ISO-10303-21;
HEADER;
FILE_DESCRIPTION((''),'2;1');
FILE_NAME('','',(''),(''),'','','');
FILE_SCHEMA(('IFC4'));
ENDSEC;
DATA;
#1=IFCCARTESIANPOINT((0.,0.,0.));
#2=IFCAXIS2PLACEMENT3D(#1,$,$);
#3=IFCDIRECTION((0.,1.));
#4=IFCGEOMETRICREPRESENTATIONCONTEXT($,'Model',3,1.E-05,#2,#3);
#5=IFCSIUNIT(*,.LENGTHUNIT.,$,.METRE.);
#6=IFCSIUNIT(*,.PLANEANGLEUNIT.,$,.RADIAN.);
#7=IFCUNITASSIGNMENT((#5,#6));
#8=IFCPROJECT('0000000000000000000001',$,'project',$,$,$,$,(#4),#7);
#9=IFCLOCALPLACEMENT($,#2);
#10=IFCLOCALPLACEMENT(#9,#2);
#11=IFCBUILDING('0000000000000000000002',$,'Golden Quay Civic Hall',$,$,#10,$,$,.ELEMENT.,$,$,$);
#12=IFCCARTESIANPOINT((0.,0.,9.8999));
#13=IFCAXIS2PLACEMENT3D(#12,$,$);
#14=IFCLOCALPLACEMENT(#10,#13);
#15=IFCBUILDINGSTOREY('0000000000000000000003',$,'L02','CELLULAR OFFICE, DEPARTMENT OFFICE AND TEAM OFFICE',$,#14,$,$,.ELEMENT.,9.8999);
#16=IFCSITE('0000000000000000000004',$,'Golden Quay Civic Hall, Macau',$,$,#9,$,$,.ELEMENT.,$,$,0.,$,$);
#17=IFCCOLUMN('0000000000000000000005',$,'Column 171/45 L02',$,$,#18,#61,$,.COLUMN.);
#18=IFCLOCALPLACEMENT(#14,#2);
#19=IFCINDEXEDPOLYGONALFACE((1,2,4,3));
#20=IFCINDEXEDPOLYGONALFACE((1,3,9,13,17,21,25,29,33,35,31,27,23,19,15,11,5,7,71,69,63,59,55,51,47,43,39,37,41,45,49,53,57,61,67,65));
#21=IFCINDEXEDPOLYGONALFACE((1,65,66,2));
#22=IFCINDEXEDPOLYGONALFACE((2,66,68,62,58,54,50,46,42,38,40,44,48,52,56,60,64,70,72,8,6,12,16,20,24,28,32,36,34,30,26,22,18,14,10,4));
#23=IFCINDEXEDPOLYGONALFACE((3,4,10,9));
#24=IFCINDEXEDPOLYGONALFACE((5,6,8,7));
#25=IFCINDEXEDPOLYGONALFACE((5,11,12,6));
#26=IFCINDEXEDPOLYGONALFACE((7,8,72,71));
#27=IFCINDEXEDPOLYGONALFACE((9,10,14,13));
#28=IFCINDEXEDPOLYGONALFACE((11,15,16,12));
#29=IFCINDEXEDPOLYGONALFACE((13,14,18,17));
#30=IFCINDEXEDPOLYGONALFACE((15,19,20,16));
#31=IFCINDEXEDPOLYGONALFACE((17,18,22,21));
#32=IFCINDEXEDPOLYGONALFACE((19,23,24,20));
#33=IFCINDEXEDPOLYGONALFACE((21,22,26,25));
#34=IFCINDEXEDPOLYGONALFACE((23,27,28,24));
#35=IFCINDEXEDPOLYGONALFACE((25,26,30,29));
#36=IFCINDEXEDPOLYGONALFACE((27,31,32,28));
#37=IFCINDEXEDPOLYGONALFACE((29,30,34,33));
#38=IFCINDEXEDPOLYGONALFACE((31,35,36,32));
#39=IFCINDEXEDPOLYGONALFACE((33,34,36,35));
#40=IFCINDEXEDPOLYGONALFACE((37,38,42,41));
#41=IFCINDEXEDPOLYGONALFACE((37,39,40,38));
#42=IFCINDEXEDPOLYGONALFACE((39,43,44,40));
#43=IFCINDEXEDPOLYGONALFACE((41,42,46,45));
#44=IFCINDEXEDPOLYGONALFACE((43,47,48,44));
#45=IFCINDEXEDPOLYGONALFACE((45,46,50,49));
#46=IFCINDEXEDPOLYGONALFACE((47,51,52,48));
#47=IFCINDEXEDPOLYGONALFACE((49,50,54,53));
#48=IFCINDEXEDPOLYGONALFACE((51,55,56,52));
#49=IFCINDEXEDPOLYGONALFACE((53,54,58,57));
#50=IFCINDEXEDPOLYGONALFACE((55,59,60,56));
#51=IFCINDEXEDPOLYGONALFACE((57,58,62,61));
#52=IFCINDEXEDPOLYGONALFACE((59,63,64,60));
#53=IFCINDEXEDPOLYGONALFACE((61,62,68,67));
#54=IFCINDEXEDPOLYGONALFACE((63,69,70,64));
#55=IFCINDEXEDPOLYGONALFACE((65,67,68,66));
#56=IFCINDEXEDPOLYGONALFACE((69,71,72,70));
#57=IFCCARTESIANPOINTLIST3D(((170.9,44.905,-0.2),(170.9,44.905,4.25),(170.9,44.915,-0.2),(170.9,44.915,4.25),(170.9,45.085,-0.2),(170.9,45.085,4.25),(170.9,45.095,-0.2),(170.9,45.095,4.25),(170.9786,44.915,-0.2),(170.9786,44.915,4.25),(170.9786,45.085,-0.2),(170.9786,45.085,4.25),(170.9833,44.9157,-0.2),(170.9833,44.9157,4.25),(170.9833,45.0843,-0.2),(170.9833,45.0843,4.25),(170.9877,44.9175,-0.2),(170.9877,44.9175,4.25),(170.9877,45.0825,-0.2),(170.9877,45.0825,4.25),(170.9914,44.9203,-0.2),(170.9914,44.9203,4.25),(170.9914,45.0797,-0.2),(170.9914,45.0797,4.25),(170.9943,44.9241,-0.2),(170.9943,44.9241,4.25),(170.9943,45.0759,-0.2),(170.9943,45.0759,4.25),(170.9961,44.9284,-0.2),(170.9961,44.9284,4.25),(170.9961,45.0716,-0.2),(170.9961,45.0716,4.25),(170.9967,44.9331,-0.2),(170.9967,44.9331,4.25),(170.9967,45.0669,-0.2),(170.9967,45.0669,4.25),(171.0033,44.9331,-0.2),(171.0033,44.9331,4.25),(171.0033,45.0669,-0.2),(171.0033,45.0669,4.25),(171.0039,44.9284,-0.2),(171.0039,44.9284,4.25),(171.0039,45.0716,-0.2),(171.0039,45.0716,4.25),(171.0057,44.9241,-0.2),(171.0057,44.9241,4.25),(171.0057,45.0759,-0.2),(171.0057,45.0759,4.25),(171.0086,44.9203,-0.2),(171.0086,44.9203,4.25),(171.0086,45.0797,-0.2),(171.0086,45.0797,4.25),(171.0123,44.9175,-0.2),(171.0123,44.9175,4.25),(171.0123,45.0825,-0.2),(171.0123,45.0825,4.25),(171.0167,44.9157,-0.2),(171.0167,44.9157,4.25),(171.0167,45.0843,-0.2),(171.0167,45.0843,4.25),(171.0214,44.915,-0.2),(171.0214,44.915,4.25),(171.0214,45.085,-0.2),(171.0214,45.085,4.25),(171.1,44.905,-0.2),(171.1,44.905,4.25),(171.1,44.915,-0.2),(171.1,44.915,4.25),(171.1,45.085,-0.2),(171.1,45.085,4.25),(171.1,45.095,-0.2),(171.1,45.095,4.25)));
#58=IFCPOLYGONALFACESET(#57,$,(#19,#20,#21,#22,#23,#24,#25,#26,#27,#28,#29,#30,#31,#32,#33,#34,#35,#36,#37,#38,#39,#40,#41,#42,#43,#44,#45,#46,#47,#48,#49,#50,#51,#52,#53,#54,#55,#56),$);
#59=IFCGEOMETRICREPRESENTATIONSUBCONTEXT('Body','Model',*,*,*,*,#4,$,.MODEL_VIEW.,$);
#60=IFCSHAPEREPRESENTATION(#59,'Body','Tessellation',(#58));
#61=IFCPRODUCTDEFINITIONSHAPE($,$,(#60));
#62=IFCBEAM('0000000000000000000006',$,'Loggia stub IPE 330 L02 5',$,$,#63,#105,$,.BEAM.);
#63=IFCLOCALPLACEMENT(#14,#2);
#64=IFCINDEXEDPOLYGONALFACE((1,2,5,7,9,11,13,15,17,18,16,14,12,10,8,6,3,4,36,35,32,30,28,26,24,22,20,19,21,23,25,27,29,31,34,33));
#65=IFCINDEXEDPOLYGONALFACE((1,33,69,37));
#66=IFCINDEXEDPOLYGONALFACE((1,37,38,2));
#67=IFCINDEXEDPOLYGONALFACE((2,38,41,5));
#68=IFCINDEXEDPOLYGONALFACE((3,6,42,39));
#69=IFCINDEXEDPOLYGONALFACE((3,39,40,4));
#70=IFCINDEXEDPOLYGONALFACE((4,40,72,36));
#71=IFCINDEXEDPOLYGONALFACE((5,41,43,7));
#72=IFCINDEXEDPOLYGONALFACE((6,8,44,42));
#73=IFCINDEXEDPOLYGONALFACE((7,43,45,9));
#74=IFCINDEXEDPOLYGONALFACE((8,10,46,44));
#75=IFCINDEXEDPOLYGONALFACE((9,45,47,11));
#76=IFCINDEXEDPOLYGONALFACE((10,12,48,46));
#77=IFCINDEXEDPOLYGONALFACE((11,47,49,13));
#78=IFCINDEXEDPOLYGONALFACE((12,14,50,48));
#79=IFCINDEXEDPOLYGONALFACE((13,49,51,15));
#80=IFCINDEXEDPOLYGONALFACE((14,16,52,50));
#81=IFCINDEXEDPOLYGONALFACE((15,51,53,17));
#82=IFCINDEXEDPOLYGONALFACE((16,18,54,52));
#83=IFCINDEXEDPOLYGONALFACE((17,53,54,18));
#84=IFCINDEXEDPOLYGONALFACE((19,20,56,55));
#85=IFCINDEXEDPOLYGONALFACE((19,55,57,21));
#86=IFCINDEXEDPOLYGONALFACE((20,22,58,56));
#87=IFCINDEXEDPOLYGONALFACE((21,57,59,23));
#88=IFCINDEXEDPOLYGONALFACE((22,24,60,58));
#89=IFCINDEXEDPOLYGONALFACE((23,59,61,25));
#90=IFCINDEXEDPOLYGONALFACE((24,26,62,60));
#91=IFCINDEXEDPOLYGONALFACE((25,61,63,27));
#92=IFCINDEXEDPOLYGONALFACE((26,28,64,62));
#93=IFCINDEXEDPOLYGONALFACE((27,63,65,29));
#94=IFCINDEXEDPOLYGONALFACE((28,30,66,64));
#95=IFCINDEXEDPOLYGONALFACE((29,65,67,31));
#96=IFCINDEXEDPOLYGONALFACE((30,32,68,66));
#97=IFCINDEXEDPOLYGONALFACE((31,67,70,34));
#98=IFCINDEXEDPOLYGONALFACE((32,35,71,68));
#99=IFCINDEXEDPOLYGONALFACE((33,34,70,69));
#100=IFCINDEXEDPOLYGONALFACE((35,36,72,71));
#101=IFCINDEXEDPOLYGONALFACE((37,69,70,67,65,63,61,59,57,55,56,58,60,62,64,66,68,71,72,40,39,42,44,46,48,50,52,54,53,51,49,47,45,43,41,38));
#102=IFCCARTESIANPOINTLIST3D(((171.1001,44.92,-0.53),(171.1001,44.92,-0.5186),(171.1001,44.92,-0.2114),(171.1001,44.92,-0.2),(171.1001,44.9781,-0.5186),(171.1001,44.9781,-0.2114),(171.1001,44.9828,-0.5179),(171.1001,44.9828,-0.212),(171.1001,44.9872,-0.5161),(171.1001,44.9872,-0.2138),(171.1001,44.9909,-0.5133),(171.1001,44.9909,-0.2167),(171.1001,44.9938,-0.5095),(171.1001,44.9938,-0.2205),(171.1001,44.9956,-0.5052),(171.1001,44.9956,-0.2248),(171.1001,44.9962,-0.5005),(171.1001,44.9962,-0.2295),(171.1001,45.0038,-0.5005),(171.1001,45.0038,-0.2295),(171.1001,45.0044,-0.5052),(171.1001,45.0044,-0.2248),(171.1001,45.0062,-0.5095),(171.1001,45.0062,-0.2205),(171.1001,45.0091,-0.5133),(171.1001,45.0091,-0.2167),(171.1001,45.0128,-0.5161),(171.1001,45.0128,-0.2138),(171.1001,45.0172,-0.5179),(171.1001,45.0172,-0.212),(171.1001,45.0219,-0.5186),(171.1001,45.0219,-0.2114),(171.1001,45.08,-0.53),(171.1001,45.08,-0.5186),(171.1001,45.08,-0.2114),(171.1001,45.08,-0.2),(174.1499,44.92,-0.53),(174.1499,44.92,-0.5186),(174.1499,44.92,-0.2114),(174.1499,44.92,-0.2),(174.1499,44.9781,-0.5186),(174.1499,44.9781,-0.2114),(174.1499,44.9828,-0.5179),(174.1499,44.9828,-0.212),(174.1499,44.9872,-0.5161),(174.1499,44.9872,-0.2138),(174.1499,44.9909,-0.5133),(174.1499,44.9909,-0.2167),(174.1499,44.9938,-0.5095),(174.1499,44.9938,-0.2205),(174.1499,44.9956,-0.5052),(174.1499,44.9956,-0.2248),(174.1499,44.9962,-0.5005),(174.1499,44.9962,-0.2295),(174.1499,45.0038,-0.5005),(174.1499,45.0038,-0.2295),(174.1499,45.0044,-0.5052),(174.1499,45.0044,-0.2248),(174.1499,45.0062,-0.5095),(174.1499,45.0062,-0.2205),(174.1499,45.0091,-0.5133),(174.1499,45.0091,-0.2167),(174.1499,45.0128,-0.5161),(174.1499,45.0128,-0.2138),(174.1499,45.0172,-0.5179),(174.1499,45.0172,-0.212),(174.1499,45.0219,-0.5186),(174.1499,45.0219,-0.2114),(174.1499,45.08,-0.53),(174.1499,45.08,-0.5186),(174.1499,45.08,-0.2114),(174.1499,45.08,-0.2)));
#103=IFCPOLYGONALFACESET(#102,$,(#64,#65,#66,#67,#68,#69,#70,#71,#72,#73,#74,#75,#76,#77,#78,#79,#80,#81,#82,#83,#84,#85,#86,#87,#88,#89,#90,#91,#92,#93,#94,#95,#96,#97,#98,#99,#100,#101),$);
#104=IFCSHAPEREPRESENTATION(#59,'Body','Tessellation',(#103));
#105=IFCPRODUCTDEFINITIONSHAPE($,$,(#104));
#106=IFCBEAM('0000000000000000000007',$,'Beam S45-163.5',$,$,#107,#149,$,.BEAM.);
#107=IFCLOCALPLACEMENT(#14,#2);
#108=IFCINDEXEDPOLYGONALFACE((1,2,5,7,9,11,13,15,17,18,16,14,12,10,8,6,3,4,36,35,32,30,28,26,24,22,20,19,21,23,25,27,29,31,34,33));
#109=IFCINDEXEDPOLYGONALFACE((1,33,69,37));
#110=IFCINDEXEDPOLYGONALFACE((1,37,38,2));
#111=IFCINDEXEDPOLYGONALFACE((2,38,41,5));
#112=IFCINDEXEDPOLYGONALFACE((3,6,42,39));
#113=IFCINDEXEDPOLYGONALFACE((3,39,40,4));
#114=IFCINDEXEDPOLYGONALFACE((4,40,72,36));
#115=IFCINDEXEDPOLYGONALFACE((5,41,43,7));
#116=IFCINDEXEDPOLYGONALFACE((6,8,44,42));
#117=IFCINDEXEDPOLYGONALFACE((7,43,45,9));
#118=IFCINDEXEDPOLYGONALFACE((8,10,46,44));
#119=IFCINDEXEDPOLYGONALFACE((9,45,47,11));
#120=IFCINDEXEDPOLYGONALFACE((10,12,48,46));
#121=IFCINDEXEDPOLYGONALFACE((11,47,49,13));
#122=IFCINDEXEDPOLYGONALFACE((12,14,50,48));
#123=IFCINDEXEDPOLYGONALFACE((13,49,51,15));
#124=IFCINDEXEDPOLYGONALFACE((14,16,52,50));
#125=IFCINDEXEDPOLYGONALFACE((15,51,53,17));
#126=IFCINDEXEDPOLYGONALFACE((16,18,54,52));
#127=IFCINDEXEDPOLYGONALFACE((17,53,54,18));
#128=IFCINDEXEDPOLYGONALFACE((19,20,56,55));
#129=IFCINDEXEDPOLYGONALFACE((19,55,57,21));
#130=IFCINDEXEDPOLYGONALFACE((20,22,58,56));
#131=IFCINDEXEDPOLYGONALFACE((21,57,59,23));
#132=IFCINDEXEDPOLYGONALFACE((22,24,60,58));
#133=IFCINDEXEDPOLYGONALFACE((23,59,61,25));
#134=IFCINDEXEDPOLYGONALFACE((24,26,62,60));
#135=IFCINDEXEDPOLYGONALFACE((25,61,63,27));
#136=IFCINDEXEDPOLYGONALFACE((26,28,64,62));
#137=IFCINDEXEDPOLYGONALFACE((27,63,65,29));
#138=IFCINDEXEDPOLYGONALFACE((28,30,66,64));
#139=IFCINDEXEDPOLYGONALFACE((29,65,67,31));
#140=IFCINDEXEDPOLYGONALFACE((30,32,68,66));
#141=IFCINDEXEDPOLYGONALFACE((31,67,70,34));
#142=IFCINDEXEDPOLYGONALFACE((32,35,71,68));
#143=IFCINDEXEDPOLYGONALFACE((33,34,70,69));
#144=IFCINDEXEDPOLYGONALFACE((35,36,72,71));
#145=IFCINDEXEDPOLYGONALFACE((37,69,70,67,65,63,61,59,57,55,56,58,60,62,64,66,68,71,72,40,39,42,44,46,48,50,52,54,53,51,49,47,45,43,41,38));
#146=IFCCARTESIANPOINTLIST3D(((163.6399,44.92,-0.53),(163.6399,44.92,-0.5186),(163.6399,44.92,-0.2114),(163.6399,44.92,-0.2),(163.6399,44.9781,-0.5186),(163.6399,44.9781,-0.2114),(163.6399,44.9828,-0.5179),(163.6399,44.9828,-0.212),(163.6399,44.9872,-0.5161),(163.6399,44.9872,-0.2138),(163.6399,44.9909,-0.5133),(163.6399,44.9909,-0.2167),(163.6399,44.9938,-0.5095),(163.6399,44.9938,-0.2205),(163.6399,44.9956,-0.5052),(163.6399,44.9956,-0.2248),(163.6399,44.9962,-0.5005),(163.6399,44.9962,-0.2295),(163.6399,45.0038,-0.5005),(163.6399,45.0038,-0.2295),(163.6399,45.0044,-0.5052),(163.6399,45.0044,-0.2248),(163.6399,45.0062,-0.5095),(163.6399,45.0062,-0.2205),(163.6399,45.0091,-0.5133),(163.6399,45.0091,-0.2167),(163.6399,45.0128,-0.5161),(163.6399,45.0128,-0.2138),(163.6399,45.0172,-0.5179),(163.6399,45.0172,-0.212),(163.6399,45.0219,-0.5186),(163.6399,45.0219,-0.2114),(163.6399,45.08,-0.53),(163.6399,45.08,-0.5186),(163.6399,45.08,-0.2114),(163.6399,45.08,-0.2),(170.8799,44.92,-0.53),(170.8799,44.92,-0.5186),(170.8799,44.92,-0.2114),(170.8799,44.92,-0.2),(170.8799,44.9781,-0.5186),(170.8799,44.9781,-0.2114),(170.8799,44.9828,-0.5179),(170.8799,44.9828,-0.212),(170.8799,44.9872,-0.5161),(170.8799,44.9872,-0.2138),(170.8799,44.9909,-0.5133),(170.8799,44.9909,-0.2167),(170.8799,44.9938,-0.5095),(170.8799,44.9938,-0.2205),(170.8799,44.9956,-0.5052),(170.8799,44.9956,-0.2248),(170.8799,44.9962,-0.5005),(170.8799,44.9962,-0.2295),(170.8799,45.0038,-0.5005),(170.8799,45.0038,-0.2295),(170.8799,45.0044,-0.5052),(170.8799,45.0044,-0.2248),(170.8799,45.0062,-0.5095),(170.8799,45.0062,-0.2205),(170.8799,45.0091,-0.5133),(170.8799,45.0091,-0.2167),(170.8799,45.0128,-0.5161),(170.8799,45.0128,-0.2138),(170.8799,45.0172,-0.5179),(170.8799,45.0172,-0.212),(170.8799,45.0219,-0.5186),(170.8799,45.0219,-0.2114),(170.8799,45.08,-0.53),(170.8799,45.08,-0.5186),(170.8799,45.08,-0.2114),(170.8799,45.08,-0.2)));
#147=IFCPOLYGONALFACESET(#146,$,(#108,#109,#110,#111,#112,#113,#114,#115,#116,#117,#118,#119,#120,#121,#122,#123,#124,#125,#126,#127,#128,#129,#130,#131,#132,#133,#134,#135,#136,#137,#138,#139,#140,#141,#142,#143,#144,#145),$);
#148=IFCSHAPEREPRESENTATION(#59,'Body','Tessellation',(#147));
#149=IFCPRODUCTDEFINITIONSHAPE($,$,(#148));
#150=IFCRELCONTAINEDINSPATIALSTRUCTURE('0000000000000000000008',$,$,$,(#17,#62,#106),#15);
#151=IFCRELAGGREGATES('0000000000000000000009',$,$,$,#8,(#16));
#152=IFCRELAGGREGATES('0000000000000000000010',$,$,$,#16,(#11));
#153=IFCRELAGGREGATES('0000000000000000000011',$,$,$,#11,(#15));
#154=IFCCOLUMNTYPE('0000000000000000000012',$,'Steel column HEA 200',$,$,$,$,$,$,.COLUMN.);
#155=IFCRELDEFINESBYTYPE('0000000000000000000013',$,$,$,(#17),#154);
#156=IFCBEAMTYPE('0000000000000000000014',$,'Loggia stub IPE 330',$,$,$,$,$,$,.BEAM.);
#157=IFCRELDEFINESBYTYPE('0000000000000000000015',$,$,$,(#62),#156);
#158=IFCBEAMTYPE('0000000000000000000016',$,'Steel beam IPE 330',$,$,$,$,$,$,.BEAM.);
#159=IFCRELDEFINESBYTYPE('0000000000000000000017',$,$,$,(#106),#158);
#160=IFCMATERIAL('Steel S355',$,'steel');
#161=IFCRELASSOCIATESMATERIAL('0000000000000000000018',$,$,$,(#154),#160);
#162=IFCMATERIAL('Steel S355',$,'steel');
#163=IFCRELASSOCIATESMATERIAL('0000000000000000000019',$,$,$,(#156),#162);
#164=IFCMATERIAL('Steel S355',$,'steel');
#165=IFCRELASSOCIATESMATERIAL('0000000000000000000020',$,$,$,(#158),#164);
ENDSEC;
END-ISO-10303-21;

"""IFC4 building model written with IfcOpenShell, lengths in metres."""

from ifc_helpers import new_model, si_unit, direction, frame, origin, origin_2d, place, context, subcontext, project, spatial, i_section, extrude, material, material_profile, profile_set, type_object, element, save


model = new_model("IFC4")

# Units and contexts
model_context = context("Model", 3, precision=1e-05, world=origin(), true_north=direction((0.0, 1.0)))
body_context = subcontext(model_context, "Body", "Model", "MODEL_VIEW")
ifc_project = project(units=[si_unit("LENGTHUNIT", "METRE"), si_unit("PLANEANGLEUNIT", "RADIAN")], contexts=[model_context])

# Site, building, storey
site_placement = place(None, origin())
site = spatial("IfcSite", under=ifc_project, at=site_placement, Name="Golden Quay Civic Hall, Macau", CompositionType="ELEMENT", RefElevation=0.0)
building_placement = place(site_placement, origin())
building = spatial("IfcBuilding", under=site, at=building_placement, Name="Golden Quay Civic Hall", CompositionType="ELEMENT")
storey_placement = place(building_placement, frame((0.0, 0.0, 9.8999)))
storey = spatial("IfcBuildingStorey", under=building, at=storey_placement, Name="L02", Description="CELLULAR OFFICE, DEPARTMENT OFFICE AND TEAM OFFICE", CompositionType="ELEMENT", Elevation=9.8999)

# Column
ifc_material_1 = material(Name="Steel S355", Category="steel")
ifc_material_profile_1 = material_profile(ifc_material_1, i_section(OverallWidth=0.2, OverallDepth=0.1899, WebThickness=0.0066, FlangeThickness=0.01, FilletRadius=0.0181, at=origin_2d()), Name="HEA 200")
ifc_profile_set_1 = profile_set([ifc_material_profile_1], Name="Steel S355")
column_type = type_object("IfcColumnType", Name="Steel column HEA 200", PredefinedType="COLUMN", material=ifc_profile_set_1)
column_placement = place(storey_placement, frame((171.0, 45.0, -0.2), z_axis=(0.0, 0.0, 1.0), x_axis=(1.0, 0.0, 0.0)))
element("IfcColumn", 1, at=column_placement, inside=storey, type_object=column_type, Name="Column 171/45 L02", PredefinedType="COLUMN", context=body_context, shape_type="SweptSolid", body=[
    extrude(i_section(OverallWidth=0.2, OverallDepth=0.1899, WebThickness=0.0066, FlangeThickness=0.01, FilletRadius=0.0181, at=origin_2d()), origin(), (0.0, 0.0, 1.0), 4.45),
])

# Beams
ifc_material_2 = material(Name="Steel S355", Category="steel")
ifc_material_profile_2 = material_profile(ifc_material_2, i_section(OverallWidth=0.1599, OverallDepth=0.3301, WebThickness=0.0076, FlangeThickness=0.0115, FilletRadius=0.0181, at=origin_2d()), Name="IPE 330")
ifc_profile_set_2 = profile_set([ifc_material_profile_2], Name="Steel S355")
beam_type_1 = type_object("IfcBeamType", Name="Loggia stub IPE 330", PredefinedType="BEAM", material=ifc_profile_set_2)
beam_1_placement = place(storey_placement, frame((171.1001, 45.0, -0.365), z_axis=(1.0, 0.0, 0.0), x_axis=(0.0, 1.0, 0.0)))
element("IfcBeam", 2, at=beam_1_placement, inside=storey, type_object=beam_type_1, Name="Loggia stub IPE 330 L02 5", PredefinedType="BEAM", context=body_context, shape_type="SweptSolid", body=[
    extrude(i_section(OverallWidth=0.1599, OverallDepth=0.3301, WebThickness=0.0076, FlangeThickness=0.0115, FilletRadius=0.0181, at=origin_2d()), origin(), (0.0, 0.0, 1.0), 3.0498),
])
ifc_material_3 = material(Name="Steel S355", Category="steel")
ifc_material_profile_3 = material_profile(ifc_material_3, i_section(OverallWidth=0.1599, OverallDepth=0.3301, WebThickness=0.0076, FlangeThickness=0.0115, FilletRadius=0.0181, at=origin_2d()), Name="IPE 330")
ifc_profile_set_3 = profile_set([ifc_material_profile_3], Name="Steel S355")
beam_type_2 = type_object("IfcBeamType", Name="Steel beam IPE 330", PredefinedType="BEAM", material=ifc_profile_set_3)
beam_2_placement = place(storey_placement, frame((163.6399, 45.0, -0.365), z_axis=(1.0, 0.0, 0.0), x_axis=(0.0, 1.0, 0.0)))
element("IfcBeam", 3, at=beam_2_placement, inside=storey, type_object=beam_type_2, Name="Beam S45-163.5", PredefinedType="BEAM", context=body_context, shape_type="SweptSolid", body=[
    extrude(i_section(OverallWidth=0.1599, OverallDepth=0.3301, WebThickness=0.0076, FlangeThickness=0.0115, FilletRadius=0.0181, at=origin_2d()), origin(), (0.0, 0.0, 1.0), 7.24),
])

save(model, "model.ifc")
